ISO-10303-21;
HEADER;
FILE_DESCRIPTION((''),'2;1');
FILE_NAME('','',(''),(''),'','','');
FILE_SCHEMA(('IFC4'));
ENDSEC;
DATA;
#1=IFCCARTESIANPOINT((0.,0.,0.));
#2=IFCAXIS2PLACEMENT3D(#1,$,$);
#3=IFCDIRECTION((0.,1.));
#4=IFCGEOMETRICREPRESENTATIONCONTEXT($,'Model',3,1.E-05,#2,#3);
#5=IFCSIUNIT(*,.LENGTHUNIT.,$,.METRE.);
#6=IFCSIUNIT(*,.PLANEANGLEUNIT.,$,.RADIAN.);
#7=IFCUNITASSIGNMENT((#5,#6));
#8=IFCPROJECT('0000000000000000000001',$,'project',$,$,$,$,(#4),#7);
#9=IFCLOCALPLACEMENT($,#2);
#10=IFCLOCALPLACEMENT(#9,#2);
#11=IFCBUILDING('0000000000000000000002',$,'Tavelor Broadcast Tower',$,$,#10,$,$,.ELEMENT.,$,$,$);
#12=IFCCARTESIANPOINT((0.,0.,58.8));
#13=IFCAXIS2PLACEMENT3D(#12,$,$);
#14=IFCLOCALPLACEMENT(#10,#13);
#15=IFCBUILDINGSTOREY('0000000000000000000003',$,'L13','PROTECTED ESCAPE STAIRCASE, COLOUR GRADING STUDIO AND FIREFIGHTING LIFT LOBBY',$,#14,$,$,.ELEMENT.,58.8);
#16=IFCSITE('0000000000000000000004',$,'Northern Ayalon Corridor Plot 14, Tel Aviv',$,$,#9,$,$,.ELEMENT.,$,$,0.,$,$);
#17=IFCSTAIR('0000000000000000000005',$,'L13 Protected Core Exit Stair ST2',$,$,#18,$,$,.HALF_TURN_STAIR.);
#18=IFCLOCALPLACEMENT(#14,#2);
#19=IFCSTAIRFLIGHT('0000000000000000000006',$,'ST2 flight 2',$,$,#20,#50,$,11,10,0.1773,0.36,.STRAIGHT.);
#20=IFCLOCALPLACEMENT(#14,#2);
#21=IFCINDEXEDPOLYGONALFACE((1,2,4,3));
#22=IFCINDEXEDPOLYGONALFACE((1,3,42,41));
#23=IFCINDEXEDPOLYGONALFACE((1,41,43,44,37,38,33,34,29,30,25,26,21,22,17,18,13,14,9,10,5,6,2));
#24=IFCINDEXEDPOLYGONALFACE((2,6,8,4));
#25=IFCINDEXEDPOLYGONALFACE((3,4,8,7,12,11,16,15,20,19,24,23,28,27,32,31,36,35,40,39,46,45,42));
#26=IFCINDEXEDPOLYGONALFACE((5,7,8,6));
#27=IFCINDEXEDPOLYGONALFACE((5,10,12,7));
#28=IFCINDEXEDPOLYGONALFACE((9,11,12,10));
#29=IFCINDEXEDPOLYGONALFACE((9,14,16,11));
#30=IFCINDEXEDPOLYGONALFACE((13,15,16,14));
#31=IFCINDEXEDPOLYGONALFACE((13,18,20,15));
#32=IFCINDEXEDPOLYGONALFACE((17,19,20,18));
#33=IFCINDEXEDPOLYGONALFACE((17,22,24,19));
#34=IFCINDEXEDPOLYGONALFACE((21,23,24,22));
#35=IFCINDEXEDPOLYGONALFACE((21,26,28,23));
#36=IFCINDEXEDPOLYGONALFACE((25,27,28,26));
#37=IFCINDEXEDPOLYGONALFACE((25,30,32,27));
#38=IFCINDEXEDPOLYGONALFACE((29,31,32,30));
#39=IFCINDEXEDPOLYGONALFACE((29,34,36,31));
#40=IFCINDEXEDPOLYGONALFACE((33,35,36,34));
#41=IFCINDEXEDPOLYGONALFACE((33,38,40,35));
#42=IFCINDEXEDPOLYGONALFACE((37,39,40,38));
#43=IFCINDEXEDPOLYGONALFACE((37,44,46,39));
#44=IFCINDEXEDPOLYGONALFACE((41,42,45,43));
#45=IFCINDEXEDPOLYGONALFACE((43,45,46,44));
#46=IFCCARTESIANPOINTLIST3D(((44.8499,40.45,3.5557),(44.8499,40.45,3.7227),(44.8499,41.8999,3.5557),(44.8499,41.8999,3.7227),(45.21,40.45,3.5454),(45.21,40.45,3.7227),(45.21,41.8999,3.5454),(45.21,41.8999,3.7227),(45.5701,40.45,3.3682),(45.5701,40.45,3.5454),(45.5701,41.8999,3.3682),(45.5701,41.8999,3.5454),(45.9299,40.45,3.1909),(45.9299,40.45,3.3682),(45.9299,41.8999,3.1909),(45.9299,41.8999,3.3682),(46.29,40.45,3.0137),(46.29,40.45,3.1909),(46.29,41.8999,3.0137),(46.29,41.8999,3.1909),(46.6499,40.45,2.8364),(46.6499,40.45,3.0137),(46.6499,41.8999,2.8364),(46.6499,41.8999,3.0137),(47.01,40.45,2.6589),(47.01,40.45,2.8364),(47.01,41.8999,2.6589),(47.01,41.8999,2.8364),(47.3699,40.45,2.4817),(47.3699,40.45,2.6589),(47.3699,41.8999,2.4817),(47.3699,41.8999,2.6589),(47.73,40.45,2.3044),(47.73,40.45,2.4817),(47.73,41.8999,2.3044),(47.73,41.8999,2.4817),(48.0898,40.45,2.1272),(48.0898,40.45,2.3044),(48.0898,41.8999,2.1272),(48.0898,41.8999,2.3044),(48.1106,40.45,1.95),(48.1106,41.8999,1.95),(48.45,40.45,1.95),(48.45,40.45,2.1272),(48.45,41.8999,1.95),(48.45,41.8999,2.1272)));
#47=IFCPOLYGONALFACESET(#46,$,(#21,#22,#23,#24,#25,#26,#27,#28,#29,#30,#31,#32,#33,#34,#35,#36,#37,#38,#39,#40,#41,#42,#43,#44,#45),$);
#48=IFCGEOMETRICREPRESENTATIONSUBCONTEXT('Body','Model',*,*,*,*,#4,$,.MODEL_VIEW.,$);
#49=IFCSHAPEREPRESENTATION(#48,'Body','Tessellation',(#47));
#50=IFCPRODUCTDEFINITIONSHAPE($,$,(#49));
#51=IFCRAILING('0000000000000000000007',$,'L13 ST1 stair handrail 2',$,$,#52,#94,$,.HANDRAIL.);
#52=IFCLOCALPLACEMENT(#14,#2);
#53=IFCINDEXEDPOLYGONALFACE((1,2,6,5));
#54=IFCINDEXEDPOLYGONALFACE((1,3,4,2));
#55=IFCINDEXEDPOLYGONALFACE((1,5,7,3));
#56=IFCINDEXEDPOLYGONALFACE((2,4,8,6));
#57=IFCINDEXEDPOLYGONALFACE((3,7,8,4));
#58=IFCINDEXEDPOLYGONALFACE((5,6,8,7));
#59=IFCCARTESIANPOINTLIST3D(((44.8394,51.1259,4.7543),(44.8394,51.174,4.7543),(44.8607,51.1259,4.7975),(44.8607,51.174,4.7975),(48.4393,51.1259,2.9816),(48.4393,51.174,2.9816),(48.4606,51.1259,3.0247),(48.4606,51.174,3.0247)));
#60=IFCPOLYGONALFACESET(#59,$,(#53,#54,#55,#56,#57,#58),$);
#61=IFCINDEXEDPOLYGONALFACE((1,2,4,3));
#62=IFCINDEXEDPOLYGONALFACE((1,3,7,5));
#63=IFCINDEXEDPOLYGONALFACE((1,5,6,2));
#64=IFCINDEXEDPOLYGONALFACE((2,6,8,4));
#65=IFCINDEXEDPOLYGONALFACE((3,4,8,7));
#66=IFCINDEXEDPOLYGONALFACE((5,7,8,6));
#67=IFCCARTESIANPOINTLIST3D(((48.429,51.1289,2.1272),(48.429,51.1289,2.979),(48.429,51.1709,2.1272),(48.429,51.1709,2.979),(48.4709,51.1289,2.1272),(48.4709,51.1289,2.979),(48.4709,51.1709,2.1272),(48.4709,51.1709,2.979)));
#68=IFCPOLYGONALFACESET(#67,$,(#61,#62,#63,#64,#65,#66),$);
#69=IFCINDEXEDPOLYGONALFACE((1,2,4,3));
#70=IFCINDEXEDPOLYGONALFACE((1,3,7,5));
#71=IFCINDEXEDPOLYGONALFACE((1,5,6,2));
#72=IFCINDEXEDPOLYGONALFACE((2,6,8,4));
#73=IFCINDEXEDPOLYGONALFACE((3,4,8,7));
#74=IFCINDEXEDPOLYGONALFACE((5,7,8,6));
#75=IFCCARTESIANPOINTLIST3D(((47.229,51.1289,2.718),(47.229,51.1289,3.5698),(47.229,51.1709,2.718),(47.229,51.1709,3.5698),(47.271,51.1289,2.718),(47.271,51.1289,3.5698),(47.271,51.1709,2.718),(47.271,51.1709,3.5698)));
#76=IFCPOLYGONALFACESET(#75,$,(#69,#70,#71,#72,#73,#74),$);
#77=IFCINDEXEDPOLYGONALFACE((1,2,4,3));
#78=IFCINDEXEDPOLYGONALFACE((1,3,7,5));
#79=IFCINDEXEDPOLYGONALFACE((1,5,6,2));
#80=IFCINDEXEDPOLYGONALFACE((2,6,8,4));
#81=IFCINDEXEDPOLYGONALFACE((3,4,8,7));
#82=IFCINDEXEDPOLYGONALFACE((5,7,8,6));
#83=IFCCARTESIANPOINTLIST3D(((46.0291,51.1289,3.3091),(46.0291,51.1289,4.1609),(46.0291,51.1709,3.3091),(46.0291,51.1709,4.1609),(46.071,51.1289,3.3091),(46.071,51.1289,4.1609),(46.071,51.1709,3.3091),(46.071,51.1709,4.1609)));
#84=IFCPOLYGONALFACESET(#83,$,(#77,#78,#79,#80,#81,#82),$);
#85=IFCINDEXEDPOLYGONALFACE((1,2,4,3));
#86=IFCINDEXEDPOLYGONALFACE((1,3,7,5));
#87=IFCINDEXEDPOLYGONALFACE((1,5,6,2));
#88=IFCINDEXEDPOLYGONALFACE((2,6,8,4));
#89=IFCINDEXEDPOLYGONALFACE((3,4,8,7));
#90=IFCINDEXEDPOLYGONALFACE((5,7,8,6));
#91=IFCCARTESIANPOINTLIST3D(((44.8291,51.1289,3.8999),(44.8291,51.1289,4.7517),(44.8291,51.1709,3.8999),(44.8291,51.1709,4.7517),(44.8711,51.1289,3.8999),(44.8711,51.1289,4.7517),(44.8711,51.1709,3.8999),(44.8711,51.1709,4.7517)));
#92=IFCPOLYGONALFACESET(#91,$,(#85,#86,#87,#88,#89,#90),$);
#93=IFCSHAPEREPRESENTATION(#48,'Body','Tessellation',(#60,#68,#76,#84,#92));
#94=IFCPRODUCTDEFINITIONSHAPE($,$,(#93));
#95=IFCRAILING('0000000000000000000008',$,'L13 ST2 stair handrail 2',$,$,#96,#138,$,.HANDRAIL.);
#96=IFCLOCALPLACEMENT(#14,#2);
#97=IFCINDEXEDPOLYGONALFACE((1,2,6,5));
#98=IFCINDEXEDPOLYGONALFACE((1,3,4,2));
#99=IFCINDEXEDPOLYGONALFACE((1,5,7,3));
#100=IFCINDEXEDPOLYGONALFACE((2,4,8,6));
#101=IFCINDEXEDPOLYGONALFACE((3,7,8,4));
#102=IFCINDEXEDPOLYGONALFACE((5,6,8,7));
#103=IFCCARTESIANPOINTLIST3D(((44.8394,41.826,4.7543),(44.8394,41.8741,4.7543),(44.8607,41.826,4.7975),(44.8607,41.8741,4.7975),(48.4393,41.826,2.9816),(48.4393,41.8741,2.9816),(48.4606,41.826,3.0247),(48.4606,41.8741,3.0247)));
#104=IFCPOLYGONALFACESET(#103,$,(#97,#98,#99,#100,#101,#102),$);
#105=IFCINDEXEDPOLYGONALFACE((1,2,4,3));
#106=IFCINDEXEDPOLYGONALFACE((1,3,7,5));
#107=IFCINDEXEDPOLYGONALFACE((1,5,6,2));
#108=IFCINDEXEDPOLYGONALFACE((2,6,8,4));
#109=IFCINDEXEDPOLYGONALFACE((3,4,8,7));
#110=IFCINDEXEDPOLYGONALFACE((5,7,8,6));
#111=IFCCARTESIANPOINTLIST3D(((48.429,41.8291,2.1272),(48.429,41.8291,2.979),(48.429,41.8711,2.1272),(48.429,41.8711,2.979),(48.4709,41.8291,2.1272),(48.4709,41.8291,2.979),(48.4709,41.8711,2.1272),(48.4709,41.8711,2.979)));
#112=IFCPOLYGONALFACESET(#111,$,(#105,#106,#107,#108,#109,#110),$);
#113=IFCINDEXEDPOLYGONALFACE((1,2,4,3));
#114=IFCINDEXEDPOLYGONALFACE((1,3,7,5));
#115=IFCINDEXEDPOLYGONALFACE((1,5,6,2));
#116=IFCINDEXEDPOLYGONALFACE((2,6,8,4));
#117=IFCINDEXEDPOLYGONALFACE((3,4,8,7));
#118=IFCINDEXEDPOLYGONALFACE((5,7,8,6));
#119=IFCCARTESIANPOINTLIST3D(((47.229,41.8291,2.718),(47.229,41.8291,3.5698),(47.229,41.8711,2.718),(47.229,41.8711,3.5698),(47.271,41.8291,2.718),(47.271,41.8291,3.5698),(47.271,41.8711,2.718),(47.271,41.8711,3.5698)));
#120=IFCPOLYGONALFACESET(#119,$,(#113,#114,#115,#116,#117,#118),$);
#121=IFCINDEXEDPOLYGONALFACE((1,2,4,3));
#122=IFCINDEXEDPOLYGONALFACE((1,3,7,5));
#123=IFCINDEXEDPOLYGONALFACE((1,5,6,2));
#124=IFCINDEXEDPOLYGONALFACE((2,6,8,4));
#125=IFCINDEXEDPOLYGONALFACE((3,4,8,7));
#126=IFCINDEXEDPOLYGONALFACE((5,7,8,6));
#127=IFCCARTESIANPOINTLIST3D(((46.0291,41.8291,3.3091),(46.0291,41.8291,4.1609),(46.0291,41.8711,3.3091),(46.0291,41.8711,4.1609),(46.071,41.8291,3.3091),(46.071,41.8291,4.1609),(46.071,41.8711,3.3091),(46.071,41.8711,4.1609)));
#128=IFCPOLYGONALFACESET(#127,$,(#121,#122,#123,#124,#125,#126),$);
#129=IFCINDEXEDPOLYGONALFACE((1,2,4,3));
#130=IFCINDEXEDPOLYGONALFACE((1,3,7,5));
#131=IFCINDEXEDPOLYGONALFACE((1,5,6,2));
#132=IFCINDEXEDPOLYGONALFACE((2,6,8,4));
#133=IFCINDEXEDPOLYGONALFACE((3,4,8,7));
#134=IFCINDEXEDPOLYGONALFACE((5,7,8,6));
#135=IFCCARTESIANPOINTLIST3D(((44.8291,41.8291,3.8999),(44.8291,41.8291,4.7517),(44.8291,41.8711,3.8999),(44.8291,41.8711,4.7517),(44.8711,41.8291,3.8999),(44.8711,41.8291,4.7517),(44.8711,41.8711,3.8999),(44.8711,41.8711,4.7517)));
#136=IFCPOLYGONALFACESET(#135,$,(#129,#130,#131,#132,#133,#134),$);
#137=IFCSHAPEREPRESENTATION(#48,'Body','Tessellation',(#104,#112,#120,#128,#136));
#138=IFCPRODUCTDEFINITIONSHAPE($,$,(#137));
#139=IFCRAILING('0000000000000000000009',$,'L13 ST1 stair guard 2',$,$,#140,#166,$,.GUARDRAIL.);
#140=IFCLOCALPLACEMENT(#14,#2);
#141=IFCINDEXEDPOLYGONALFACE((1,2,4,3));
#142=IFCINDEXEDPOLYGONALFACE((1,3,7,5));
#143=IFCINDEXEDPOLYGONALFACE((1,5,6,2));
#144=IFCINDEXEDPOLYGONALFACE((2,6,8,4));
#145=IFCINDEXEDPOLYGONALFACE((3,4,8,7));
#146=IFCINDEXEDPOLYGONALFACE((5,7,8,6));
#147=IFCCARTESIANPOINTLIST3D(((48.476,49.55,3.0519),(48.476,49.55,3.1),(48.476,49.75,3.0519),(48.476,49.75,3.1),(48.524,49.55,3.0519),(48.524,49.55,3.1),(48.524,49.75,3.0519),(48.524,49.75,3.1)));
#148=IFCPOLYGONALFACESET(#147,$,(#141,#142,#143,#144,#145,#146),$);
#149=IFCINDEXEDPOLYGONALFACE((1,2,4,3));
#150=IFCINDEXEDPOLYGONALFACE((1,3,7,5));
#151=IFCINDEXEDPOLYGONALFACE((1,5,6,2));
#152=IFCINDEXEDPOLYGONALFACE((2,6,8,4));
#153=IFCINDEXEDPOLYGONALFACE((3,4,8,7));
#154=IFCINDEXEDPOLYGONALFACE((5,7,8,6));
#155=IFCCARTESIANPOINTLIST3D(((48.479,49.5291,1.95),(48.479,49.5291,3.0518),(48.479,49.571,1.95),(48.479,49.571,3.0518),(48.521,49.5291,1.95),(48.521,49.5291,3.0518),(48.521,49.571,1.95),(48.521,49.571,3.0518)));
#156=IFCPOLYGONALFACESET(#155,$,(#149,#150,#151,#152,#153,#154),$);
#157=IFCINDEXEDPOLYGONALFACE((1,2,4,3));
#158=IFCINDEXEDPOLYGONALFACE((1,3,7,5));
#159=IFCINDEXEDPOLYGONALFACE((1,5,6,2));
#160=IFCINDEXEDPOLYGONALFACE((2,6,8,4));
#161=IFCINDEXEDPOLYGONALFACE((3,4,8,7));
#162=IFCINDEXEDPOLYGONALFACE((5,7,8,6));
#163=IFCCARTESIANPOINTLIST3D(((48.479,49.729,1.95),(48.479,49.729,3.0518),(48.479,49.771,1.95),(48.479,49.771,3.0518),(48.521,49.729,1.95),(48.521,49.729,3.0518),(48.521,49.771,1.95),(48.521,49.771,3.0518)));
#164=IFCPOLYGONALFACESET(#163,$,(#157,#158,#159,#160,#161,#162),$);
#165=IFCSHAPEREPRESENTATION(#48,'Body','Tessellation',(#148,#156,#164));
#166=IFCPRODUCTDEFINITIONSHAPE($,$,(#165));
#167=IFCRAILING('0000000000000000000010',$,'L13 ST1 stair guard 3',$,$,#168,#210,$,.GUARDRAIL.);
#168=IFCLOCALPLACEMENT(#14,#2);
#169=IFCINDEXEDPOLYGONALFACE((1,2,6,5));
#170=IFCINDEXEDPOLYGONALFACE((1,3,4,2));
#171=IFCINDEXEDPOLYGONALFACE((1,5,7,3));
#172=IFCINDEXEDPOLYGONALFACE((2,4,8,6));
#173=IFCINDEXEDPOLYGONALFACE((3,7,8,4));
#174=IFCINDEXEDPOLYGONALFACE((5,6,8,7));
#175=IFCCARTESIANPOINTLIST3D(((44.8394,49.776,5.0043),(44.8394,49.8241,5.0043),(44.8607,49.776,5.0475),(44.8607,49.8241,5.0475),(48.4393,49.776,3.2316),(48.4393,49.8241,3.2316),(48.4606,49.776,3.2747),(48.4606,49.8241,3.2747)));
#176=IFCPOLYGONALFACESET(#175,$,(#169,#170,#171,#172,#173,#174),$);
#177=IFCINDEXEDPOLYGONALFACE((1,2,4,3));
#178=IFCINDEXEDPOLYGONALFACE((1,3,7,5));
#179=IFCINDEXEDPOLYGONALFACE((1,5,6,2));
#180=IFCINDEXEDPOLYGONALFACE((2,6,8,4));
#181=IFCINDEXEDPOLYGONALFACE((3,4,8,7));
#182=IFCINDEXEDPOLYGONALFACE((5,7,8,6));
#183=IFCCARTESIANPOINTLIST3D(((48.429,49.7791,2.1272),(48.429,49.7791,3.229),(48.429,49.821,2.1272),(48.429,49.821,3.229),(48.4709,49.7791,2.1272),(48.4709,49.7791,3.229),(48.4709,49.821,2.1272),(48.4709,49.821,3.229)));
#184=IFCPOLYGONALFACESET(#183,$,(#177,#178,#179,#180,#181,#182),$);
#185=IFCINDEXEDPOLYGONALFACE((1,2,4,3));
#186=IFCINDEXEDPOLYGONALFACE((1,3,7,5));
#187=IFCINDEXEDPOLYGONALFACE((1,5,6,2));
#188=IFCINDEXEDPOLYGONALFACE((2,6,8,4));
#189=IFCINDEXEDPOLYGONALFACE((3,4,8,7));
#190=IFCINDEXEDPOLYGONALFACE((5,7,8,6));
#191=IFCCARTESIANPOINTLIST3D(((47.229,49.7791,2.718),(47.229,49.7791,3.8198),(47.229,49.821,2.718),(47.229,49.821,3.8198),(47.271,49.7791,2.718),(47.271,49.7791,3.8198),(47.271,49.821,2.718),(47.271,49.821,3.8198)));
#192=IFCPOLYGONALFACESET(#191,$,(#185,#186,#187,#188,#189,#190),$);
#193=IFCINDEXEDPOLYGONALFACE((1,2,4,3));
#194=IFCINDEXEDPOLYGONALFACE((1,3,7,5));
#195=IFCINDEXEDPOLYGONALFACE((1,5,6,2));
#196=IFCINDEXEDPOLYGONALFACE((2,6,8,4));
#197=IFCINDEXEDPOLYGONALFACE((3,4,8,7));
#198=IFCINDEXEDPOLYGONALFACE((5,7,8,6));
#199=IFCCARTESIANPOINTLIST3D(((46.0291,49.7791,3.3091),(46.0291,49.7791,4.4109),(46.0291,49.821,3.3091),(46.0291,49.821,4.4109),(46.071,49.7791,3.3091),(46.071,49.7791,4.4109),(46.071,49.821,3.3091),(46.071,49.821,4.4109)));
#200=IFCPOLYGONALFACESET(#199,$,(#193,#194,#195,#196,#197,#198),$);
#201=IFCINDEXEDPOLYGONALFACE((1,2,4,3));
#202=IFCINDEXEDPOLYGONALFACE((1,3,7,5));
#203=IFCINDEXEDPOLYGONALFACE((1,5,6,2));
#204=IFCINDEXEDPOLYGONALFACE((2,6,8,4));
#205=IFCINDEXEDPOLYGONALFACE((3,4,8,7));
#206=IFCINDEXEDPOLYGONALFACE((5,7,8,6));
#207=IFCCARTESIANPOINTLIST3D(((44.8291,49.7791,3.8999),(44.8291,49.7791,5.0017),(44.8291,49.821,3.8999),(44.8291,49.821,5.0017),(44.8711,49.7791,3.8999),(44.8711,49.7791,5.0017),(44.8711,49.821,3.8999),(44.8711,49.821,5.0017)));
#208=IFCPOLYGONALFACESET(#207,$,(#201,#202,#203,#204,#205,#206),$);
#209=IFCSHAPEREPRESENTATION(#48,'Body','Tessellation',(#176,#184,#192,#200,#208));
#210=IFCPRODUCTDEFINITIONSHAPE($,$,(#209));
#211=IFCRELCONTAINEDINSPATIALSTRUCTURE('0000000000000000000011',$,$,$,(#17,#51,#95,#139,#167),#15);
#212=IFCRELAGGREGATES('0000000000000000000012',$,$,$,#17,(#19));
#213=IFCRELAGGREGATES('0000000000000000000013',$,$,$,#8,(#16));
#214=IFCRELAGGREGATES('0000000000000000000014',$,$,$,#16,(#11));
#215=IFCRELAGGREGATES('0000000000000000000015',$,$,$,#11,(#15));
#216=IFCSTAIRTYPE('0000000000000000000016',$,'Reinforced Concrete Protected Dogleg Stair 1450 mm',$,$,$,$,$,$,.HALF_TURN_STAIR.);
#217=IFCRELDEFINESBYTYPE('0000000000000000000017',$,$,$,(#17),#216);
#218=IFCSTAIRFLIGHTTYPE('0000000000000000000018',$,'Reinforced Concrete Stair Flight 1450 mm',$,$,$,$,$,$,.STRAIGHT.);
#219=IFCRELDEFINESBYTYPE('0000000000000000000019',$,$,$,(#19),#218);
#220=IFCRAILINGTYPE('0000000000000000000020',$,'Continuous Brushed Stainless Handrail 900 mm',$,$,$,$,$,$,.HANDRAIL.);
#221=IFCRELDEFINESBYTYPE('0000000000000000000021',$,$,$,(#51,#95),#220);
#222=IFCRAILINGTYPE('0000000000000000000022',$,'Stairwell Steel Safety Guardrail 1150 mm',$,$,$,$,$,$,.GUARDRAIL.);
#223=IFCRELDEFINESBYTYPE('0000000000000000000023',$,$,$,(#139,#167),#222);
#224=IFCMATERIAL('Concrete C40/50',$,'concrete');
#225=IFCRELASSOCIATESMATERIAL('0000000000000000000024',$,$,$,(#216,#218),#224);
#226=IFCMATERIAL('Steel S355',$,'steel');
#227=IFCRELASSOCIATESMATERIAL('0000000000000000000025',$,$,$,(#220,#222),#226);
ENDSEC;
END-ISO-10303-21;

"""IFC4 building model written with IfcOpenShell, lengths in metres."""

from ifc_helpers import new_model, si_unit, direction, frame, origin, origin_2d, place, context, subcontext, project, spatial, polyline, rectangle, outline, extrude, material, type_object, element, aggregate, save


model = new_model("IFC4")

# Units and contexts
model_context = context("Model", 3, precision=1e-05, world=origin(), true_north=direction((0.0, 1.0)))
body_context = subcontext(model_context, "Body", "Model", "MODEL_VIEW")
ifc_project = project(units=[si_unit("LENGTHUNIT", "METRE"), si_unit("PLANEANGLEUNIT", "RADIAN")], contexts=[model_context])

# Site, building, storey
site_placement = place(None, origin())
site = spatial("IfcSite", under=ifc_project, at=site_placement, Name="Northern Ayalon Corridor Plot 14, Tel Aviv", CompositionType="ELEMENT", RefElevation=0.0)
building_placement = place(site_placement, origin())
building = spatial("IfcBuilding", under=site, at=building_placement, Name="Tavelor Broadcast Tower", CompositionType="ELEMENT")
storey_placement = place(building_placement, frame((0.0, 0.0, 58.8)))
storey = spatial("IfcBuildingStorey", under=building, at=storey_placement, Name="L13", Description="PROTECTED ESCAPE STAIRCASE, COLOUR GRADING STUDIO AND FIREFIGHTING LIFT LOBBY", CompositionType="ELEMENT", Elevation=58.8)

# Shared definitions
ifc_material_1 = material(Name="Concrete C40/50", Category="concrete")
ifc_material_2 = material(Name="Steel S355", Category="steel")

# Stair, stair flight
stair_type = type_object("IfcStairType", Name="Reinforced Concrete Protected Dogleg Stair 1450 mm", PredefinedType="HALF_TURN_STAIR", material=ifc_material_1)
stair_flight_type = type_object("IfcStairFlightType", Name="Reinforced Concrete Stair Flight 1450 mm", PredefinedType="STRAIGHT", material=ifc_material_1)
stair_1_placement = place(storey_placement, origin())
stair_1 = element("IfcStair", 1, at=stair_1_placement, inside=storey, type_object=stair_type, Name="L13 Protected Core Exit Stair ST2", PredefinedType="HALF_TURN_STAIR")
stair_flight_1_placement = place(storey_placement, frame((48.45, 41.175, 1.95), z_axis=(0.0, 0.0, 1.0), x_axis=(-1.0, 0.0, 0.0)))
stair_flight_1 = element("IfcStairFlight", 2, at=stair_flight_1_placement, type_object=stair_flight_type, Name="ST2 flight 2", NumberOfRisers=11, NumberOfTreads=10, PredefinedType="STRAIGHT", RiserHeight=0.1773, TreadLength=0.36, context=body_context, shape_type="SweptSolid", body=[
    extrude(outline(polyline([(0.0, 0.0), (0.0, 0.1772), (0.3601, 0.1772), (0.3601, 0.3545), (0.72, 0.3545), (0.72, 0.5317), (1.0801, 0.5317), (1.0801, 0.709), (1.4399, 0.709), (1.4399, 0.8865), (1.8, 0.8865), (1.8, 1.0637), (2.1599, 1.0637), (2.1599, 1.241), (2.52, 1.241), (2.52, 1.4182), (2.8799, 1.4182), (2.8799, 1.5955), (3.24, 1.5955), (3.24, 1.7727), (3.6001, 1.7727), (3.6001, 1.95), (3.6001, 1.6057), (0.3394, 0.0), (0.0, 0.0)])), frame((0.0, 0.7251, 0.0), z_axis=(0.0, -1.0, 0.0), x_axis=(1.0, 0.0, 0.0)), (0.0, 0.0, 1.0), 1.45),
])
aggregate(stair_1, [stair_flight_1])

# Railings
railing_type_1 = type_object("IfcRailingType", Name="Continuous Brushed Stainless Handrail 900 mm", PredefinedType="HANDRAIL", material=ifc_material_2)
for number, where, name in (
    (3, (48.45, 51.1499, 2.1272), "L13 ST1 stair handrail 2"),
    (4, (48.45, 41.8501, 2.1272), "L13 ST2 stair handrail 2"),
):
    element("IfcRailing", number, at=place(storey_placement, frame(where)), inside=storey, type_object=railing_type_1, Name=name, PredefinedType="HANDRAIL", context=body_context, shape_type="SweptSolid", body=[
        extrude(rectangle(XDim=0.0481, YDim=0.0481, at=origin_2d()), frame((0.0, 0.0, 0.876), z_axis=(-0.897124, 0.0, 0.441778), x_axis=(0.0, -1.0, 0.0)), (0.0, 0.0, 1.0), 4.0127),
        extrude(rectangle(XDim=0.042, YDim=0.042, at=origin_2d()), origin(), (0.0, 0.0, 1.0), 0.8518),
        extrude(rectangle(XDim=0.042, YDim=0.042, at=origin_2d()), frame((-1.2, 0.0, 0.5908)), (0.0, 0.0, 1.0), 0.8518),
        extrude(rectangle(XDim=0.042, YDim=0.042, at=origin_2d()), frame((-2.3999, 0.0, 1.1819)), (0.0, 0.0, 1.0), 0.8518),
        extrude(rectangle(XDim=0.042, YDim=0.042, at=origin_2d()), frame((-3.5999, 0.0, 1.7727)), (0.0, 0.0, 1.0), 0.8518),
    ])
railing_type_2 = type_object("IfcRailingType", Name="Stairwell Steel Safety Guardrail 1150 mm", PredefinedType="GUARDRAIL", material=ifc_material_2)
railing_1_placement = place(storey_placement, frame((48.5, 49.55, 1.95)))
element("IfcRailing", 5, at=railing_1_placement, inside=storey, type_object=railing_type_2, Name="L13 ST1 stair guard 2", PredefinedType="GUARDRAIL", context=body_context, shape_type="SweptSolid", body=[
    extrude(rectangle(XDim=0.0481, YDim=0.0481, at=origin_2d()), frame((0.0, 0.0, 1.126), z_axis=(0.0, 1.0, 0.0), x_axis=(-1.0, 0.0, 0.0)), (0.0, 0.0, 1.0), 0.2),
    extrude(rectangle(XDim=0.042, YDim=0.042, at=origin_2d()), origin(), (0.0, 0.0, 1.0), 1.1018),
    extrude(rectangle(XDim=0.042, YDim=0.042, at=origin_2d()), frame((0.0, 0.2, 0.0)), (0.0, 0.0, 1.0), 1.1018),
])
railing_2_placement = place(storey_placement, frame((48.45, 49.8, 2.1272)))
element("IfcRailing", 6, at=railing_2_placement, inside=storey, type_object=railing_type_2, Name="L13 ST1 stair guard 3", PredefinedType="GUARDRAIL", context=body_context, shape_type="SweptSolid", body=[
    extrude(rectangle(XDim=0.0481, YDim=0.0481, at=origin_2d()), frame((0.0, 0.0, 1.126), z_axis=(-0.897124, 0.0, 0.441778), x_axis=(0.0, -1.0, 0.0)), (0.0, 0.0, 1.0), 4.0127),
    extrude(rectangle(XDim=0.042, YDim=0.042, at=origin_2d()), origin(), (0.0, 0.0, 1.0), 1.1018),
    extrude(rectangle(XDim=0.042, YDim=0.042, at=origin_2d()), frame((-1.2, 0.0, 0.5908)), (0.0, 0.0, 1.0), 1.1018),
    extrude(rectangle(XDim=0.042, YDim=0.042, at=origin_2d()), frame((-2.3999, 0.0, 1.1819)), (0.0, 0.0, 1.0), 1.1018),
    extrude(rectangle(XDim=0.042, YDim=0.042, at=origin_2d()), frame((-3.5999, 0.0, 1.7727)), (0.0, 0.0, 1.0), 1.1018),
])

save(model, "model.ifc")
